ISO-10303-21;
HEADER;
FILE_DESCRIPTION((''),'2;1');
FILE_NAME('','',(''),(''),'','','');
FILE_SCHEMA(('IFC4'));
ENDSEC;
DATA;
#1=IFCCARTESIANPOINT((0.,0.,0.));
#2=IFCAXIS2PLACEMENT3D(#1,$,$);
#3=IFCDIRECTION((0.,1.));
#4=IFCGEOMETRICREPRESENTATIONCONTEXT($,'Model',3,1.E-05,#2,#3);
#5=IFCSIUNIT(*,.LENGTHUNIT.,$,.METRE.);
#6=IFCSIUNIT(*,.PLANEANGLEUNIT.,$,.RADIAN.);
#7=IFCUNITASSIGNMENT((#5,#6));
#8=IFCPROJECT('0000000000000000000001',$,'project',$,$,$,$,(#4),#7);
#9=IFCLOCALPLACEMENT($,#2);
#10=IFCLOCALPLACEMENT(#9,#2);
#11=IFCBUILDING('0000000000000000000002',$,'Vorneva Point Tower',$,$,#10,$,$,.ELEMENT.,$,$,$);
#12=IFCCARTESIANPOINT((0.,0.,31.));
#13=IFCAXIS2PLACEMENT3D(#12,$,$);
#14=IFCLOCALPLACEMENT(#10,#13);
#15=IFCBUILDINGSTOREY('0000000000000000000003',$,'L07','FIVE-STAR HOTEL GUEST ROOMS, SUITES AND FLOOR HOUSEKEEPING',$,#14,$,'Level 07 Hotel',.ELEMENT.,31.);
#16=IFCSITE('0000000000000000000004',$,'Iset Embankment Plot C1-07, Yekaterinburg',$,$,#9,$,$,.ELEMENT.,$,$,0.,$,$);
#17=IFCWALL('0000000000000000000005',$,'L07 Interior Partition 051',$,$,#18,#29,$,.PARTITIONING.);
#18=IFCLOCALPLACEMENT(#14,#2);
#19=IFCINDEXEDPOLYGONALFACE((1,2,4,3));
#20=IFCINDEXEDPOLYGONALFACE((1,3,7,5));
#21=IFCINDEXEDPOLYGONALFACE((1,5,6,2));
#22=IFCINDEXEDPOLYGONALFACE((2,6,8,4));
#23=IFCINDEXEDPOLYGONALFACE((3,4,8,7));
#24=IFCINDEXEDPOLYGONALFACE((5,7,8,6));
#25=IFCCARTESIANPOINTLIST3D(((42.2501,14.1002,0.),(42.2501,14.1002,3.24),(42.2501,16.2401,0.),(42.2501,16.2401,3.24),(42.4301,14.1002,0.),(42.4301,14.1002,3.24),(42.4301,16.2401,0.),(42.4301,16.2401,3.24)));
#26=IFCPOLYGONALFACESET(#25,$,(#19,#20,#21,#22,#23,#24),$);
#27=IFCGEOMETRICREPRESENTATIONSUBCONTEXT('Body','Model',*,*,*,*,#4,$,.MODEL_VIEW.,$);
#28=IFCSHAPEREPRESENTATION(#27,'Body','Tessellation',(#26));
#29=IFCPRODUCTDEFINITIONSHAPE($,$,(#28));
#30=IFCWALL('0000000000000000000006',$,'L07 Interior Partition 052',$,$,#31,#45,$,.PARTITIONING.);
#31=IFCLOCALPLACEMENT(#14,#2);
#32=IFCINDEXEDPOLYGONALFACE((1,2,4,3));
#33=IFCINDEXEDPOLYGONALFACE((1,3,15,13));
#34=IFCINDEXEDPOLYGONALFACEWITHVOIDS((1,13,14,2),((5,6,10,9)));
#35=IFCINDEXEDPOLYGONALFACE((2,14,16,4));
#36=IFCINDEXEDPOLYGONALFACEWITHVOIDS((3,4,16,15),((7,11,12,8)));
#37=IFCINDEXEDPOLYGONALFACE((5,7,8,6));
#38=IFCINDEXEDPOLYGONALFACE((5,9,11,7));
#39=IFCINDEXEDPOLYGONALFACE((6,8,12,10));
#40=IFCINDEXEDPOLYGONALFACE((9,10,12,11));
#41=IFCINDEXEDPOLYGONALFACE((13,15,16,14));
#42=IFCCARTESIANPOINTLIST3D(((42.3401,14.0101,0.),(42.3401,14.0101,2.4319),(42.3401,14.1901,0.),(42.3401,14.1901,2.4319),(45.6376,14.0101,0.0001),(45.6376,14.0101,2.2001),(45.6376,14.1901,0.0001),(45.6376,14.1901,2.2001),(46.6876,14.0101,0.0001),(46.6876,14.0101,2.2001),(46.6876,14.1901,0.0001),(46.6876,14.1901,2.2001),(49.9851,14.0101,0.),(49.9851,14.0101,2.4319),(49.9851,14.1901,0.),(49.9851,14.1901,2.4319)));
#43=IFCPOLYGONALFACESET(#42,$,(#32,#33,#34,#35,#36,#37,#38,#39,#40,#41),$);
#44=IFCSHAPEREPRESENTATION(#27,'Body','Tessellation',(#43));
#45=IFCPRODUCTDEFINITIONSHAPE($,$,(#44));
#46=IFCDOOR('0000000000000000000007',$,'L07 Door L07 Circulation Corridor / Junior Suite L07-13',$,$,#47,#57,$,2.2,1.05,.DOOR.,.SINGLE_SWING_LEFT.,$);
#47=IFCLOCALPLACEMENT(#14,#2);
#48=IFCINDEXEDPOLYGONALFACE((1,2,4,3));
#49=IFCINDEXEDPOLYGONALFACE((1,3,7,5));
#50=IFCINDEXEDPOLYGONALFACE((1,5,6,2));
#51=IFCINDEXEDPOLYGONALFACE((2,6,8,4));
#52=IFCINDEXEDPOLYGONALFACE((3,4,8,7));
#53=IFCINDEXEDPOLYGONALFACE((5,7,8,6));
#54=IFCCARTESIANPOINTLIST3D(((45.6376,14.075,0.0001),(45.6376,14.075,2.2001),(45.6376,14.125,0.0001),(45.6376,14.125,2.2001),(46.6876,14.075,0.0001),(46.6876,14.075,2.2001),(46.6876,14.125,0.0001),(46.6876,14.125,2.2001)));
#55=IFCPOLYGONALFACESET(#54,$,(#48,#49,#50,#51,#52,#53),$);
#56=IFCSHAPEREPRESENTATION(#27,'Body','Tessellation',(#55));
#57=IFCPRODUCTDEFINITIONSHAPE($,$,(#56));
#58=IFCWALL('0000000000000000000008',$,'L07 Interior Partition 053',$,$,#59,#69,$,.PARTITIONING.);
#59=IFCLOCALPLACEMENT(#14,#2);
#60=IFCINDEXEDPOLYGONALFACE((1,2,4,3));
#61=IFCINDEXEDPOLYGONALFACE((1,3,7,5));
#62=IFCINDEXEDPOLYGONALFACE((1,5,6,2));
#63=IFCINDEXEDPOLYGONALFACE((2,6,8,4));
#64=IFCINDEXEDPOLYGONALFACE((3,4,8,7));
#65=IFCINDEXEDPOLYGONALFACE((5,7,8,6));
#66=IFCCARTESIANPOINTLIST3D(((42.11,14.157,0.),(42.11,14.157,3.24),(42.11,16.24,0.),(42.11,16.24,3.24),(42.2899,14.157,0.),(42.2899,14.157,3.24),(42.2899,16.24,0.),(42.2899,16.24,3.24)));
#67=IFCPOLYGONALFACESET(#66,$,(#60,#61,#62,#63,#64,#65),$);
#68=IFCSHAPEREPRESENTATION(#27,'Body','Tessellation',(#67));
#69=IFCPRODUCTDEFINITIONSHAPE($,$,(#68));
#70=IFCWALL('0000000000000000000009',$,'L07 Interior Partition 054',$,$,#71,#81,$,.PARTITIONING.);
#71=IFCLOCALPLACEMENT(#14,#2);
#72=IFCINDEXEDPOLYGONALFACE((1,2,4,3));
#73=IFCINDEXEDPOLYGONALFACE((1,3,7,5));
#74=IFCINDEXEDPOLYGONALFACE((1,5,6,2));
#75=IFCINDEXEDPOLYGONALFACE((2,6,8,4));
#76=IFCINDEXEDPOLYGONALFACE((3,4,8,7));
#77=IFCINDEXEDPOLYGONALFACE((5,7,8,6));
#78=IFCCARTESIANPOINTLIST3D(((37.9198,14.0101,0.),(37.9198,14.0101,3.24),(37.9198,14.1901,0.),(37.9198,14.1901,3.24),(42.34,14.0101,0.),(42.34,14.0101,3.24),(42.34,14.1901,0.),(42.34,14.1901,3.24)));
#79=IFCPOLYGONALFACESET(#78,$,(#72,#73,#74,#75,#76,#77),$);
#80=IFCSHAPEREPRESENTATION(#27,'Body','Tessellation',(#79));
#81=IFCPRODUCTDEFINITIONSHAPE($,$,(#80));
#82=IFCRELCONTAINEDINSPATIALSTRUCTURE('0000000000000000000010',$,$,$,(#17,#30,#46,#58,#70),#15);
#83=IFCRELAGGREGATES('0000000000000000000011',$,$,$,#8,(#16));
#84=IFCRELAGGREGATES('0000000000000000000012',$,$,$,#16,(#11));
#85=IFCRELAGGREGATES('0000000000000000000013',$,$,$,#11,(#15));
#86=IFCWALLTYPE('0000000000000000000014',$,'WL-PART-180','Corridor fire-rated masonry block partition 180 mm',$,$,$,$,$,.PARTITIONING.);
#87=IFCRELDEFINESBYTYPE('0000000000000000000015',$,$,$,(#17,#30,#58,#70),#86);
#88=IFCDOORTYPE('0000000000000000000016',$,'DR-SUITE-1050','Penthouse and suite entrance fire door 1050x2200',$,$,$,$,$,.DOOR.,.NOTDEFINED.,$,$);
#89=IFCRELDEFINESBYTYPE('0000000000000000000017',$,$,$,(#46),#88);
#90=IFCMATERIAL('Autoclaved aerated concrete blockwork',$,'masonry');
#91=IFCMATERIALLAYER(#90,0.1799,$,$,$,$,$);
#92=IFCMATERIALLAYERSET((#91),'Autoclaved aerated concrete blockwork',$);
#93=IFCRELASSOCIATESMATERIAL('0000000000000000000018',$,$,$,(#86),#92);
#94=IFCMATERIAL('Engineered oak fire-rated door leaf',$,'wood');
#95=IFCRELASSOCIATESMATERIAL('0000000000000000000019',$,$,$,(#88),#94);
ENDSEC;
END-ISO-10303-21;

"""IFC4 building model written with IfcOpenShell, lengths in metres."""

from ifc_helpers import new_model, si_unit, direction, frame, frame_2d, origin, place, context, subcontext, project, spatial, rectangle, extrude, material, layer, layer_set, type_object, element, fill, save


model = new_model("IFC4")

# Units and contexts
model_context = context("Model", 3, precision=1e-05, world=origin(), true_north=direction((0.0, 1.0)))
body_context = subcontext(model_context, "Body", "Model", "MODEL_VIEW")
ifc_project = project(units=[si_unit("LENGTHUNIT", "METRE"), si_unit("PLANEANGLEUNIT", "RADIAN")], contexts=[model_context])

# Site, building, storey
site_placement = place(None, origin())
site = spatial("IfcSite", under=ifc_project, at=site_placement, Name="Iset Embankment Plot C1-07, Yekaterinburg", CompositionType="ELEMENT", RefElevation=0.0)
building_placement = place(site_placement, origin())
building = spatial("IfcBuilding", under=site, at=building_placement, Name="Vorneva Point Tower", CompositionType="ELEMENT")
storey_placement = place(building_placement, frame((0.0, 0.0, 31.0)))
storey = spatial("IfcBuildingStorey", under=building, at=storey_placement, Name="L07", Description="FIVE-STAR HOTEL GUEST ROOMS, SUITES AND FLOOR HOUSEKEEPING", LongName="Level 07 Hotel", CompositionType="ELEMENT", Elevation=31.0)

# Shared definitions
ifc_material_1 = material(Name="Engineered oak fire-rated door leaf", Category="wood")

# Shared definitions
ifc_material_2 = material(Name="Autoclaved aerated concrete blockwork", Category="masonry")
ifc_layer_1 = layer(ifc_material_2, 0.1799)
ifc_layer_set_1 = layer_set([ifc_layer_1], Name="Autoclaved aerated concrete blockwork")
wall_type_1 = type_object("IfcWallType", Name="WL-PART-180", Description="Corridor fire-rated masonry block partition 180 mm", PredefinedType="PARTITIONING", material=ifc_layer_set_1)

# Wall
wall_1_placement = place(storey_placement, frame((42.3401, 16.24, 0.0), z_axis=(0.0, 0.0, 1.0), x_axis=(0.0, -1.0, 0.0)))
element("IfcWall", 1, at=wall_1_placement, inside=storey, type_object=wall_type_1, Name="L07 Interior Partition 051", PredefinedType="PARTITIONING", context=body_context, shape_type="SweptSolid", body=[
    extrude(rectangle(XDim=2.1399, YDim=0.1799, at=frame_2d((1.0698, 0.0))), origin(), (0.0, 0.0, 1.0), 3.24),
])

# Wall, opening, door
wall_2_placement = place(storey_placement, frame((42.3401, 14.1001, 0.0), z_axis=(0.0, 0.0, 1.0), x_axis=(1.0, 0.0, 0.0)))
wall_2 = element("IfcWall", 2, at=wall_2_placement, inside=storey, type_object=wall_type_1, Name="L07 Interior Partition 052", PredefinedType="PARTITIONING", context=body_context, shape_type="SweptSolid", body=[
    extrude(rectangle(XDim=7.645, YDim=0.1799, at=frame_2d((3.8225, 0.0))), origin(), (0.0, 0.0, 1.0), 2.4319),
])
opening_1_placement = place(wall_2_placement, frame((3.2976, 0.0, 0.0)))
opening_1 = element("IfcOpeningElement", 3, at=opening_1_placement, cuts=wall_2, PredefinedType="OPENING", context=body_context, shape_type="SweptSolid", body=[
    extrude(rectangle(XDim=1.05, YDim=2.2, at=frame_2d((0.5249, 1.1001))), frame((0.0, 0.105, 0.0), z_axis=(0.0, -1.0, 0.0), x_axis=(1.0, 0.0, 0.0)), (0.0, 0.0, 1.0), 0.2097),
])
door_type_1 = type_object("IfcDoorType", Name="DR-SUITE-1050", Description="Penthouse and suite entrance fire door 1050x2200", OperationType="NOTDEFINED", PredefinedType="DOOR", material=ifc_material_1)
door_1_placement = place(opening_1_placement, origin())
door_1 = element("IfcDoor", 4, at=door_1_placement, inside=storey, type_object=door_type_1, Name="L07 Door L07 Circulation Corridor / Junior Suite L07-13", OperationType="SINGLE_SWING_LEFT", OverallHeight=2.2, OverallWidth=1.05, PredefinedType="DOOR", context=body_context, shape_type="SweptSolid", body=[
    extrude(rectangle(XDim=1.05, YDim=2.2, at=frame_2d((0.5249, 1.1001))), frame((0.0, 0.0249, 0.0), z_axis=(0.0, -1.0, 0.0), x_axis=(1.0, 0.0, 0.0)), (0.0, 0.0, 1.0), 0.05),
])
fill(opening_1, door_1)

# Walls
wall_3_placement = place(storey_placement, frame((42.2, 14.157, 0.0), z_axis=(0.0, 0.0, 1.0), x_axis=(0.0, 1.0, 0.0)))
element("IfcWall", 5, at=wall_3_placement, inside=storey, type_object=wall_type_1, Name="L07 Interior Partition 053", PredefinedType="PARTITIONING", context=body_context, shape_type="SweptSolid", body=[
    extrude(rectangle(XDim=2.083, YDim=0.1799, at=frame_2d((1.0415, 0.0))), origin(), (0.0, 0.0, 1.0), 3.24),
])
wall_4_placement = place(storey_placement, frame((37.9199, 14.1001, 0.0), z_axis=(0.0, 0.0, 1.0), x_axis=(1.0, 0.0, 0.0)))
element("IfcWall", 6, at=wall_4_placement, inside=storey, type_object=wall_type_1, Name="L07 Interior Partition 054", PredefinedType="PARTITIONING", context=body_context, shape_type="SweptSolid", body=[
    extrude(rectangle(XDim=4.4202, YDim=0.1799, at=frame_2d((2.21, 0.0))), origin(), (0.0, 0.0, 1.0), 3.24),
])

save(model, "model.ifc")
